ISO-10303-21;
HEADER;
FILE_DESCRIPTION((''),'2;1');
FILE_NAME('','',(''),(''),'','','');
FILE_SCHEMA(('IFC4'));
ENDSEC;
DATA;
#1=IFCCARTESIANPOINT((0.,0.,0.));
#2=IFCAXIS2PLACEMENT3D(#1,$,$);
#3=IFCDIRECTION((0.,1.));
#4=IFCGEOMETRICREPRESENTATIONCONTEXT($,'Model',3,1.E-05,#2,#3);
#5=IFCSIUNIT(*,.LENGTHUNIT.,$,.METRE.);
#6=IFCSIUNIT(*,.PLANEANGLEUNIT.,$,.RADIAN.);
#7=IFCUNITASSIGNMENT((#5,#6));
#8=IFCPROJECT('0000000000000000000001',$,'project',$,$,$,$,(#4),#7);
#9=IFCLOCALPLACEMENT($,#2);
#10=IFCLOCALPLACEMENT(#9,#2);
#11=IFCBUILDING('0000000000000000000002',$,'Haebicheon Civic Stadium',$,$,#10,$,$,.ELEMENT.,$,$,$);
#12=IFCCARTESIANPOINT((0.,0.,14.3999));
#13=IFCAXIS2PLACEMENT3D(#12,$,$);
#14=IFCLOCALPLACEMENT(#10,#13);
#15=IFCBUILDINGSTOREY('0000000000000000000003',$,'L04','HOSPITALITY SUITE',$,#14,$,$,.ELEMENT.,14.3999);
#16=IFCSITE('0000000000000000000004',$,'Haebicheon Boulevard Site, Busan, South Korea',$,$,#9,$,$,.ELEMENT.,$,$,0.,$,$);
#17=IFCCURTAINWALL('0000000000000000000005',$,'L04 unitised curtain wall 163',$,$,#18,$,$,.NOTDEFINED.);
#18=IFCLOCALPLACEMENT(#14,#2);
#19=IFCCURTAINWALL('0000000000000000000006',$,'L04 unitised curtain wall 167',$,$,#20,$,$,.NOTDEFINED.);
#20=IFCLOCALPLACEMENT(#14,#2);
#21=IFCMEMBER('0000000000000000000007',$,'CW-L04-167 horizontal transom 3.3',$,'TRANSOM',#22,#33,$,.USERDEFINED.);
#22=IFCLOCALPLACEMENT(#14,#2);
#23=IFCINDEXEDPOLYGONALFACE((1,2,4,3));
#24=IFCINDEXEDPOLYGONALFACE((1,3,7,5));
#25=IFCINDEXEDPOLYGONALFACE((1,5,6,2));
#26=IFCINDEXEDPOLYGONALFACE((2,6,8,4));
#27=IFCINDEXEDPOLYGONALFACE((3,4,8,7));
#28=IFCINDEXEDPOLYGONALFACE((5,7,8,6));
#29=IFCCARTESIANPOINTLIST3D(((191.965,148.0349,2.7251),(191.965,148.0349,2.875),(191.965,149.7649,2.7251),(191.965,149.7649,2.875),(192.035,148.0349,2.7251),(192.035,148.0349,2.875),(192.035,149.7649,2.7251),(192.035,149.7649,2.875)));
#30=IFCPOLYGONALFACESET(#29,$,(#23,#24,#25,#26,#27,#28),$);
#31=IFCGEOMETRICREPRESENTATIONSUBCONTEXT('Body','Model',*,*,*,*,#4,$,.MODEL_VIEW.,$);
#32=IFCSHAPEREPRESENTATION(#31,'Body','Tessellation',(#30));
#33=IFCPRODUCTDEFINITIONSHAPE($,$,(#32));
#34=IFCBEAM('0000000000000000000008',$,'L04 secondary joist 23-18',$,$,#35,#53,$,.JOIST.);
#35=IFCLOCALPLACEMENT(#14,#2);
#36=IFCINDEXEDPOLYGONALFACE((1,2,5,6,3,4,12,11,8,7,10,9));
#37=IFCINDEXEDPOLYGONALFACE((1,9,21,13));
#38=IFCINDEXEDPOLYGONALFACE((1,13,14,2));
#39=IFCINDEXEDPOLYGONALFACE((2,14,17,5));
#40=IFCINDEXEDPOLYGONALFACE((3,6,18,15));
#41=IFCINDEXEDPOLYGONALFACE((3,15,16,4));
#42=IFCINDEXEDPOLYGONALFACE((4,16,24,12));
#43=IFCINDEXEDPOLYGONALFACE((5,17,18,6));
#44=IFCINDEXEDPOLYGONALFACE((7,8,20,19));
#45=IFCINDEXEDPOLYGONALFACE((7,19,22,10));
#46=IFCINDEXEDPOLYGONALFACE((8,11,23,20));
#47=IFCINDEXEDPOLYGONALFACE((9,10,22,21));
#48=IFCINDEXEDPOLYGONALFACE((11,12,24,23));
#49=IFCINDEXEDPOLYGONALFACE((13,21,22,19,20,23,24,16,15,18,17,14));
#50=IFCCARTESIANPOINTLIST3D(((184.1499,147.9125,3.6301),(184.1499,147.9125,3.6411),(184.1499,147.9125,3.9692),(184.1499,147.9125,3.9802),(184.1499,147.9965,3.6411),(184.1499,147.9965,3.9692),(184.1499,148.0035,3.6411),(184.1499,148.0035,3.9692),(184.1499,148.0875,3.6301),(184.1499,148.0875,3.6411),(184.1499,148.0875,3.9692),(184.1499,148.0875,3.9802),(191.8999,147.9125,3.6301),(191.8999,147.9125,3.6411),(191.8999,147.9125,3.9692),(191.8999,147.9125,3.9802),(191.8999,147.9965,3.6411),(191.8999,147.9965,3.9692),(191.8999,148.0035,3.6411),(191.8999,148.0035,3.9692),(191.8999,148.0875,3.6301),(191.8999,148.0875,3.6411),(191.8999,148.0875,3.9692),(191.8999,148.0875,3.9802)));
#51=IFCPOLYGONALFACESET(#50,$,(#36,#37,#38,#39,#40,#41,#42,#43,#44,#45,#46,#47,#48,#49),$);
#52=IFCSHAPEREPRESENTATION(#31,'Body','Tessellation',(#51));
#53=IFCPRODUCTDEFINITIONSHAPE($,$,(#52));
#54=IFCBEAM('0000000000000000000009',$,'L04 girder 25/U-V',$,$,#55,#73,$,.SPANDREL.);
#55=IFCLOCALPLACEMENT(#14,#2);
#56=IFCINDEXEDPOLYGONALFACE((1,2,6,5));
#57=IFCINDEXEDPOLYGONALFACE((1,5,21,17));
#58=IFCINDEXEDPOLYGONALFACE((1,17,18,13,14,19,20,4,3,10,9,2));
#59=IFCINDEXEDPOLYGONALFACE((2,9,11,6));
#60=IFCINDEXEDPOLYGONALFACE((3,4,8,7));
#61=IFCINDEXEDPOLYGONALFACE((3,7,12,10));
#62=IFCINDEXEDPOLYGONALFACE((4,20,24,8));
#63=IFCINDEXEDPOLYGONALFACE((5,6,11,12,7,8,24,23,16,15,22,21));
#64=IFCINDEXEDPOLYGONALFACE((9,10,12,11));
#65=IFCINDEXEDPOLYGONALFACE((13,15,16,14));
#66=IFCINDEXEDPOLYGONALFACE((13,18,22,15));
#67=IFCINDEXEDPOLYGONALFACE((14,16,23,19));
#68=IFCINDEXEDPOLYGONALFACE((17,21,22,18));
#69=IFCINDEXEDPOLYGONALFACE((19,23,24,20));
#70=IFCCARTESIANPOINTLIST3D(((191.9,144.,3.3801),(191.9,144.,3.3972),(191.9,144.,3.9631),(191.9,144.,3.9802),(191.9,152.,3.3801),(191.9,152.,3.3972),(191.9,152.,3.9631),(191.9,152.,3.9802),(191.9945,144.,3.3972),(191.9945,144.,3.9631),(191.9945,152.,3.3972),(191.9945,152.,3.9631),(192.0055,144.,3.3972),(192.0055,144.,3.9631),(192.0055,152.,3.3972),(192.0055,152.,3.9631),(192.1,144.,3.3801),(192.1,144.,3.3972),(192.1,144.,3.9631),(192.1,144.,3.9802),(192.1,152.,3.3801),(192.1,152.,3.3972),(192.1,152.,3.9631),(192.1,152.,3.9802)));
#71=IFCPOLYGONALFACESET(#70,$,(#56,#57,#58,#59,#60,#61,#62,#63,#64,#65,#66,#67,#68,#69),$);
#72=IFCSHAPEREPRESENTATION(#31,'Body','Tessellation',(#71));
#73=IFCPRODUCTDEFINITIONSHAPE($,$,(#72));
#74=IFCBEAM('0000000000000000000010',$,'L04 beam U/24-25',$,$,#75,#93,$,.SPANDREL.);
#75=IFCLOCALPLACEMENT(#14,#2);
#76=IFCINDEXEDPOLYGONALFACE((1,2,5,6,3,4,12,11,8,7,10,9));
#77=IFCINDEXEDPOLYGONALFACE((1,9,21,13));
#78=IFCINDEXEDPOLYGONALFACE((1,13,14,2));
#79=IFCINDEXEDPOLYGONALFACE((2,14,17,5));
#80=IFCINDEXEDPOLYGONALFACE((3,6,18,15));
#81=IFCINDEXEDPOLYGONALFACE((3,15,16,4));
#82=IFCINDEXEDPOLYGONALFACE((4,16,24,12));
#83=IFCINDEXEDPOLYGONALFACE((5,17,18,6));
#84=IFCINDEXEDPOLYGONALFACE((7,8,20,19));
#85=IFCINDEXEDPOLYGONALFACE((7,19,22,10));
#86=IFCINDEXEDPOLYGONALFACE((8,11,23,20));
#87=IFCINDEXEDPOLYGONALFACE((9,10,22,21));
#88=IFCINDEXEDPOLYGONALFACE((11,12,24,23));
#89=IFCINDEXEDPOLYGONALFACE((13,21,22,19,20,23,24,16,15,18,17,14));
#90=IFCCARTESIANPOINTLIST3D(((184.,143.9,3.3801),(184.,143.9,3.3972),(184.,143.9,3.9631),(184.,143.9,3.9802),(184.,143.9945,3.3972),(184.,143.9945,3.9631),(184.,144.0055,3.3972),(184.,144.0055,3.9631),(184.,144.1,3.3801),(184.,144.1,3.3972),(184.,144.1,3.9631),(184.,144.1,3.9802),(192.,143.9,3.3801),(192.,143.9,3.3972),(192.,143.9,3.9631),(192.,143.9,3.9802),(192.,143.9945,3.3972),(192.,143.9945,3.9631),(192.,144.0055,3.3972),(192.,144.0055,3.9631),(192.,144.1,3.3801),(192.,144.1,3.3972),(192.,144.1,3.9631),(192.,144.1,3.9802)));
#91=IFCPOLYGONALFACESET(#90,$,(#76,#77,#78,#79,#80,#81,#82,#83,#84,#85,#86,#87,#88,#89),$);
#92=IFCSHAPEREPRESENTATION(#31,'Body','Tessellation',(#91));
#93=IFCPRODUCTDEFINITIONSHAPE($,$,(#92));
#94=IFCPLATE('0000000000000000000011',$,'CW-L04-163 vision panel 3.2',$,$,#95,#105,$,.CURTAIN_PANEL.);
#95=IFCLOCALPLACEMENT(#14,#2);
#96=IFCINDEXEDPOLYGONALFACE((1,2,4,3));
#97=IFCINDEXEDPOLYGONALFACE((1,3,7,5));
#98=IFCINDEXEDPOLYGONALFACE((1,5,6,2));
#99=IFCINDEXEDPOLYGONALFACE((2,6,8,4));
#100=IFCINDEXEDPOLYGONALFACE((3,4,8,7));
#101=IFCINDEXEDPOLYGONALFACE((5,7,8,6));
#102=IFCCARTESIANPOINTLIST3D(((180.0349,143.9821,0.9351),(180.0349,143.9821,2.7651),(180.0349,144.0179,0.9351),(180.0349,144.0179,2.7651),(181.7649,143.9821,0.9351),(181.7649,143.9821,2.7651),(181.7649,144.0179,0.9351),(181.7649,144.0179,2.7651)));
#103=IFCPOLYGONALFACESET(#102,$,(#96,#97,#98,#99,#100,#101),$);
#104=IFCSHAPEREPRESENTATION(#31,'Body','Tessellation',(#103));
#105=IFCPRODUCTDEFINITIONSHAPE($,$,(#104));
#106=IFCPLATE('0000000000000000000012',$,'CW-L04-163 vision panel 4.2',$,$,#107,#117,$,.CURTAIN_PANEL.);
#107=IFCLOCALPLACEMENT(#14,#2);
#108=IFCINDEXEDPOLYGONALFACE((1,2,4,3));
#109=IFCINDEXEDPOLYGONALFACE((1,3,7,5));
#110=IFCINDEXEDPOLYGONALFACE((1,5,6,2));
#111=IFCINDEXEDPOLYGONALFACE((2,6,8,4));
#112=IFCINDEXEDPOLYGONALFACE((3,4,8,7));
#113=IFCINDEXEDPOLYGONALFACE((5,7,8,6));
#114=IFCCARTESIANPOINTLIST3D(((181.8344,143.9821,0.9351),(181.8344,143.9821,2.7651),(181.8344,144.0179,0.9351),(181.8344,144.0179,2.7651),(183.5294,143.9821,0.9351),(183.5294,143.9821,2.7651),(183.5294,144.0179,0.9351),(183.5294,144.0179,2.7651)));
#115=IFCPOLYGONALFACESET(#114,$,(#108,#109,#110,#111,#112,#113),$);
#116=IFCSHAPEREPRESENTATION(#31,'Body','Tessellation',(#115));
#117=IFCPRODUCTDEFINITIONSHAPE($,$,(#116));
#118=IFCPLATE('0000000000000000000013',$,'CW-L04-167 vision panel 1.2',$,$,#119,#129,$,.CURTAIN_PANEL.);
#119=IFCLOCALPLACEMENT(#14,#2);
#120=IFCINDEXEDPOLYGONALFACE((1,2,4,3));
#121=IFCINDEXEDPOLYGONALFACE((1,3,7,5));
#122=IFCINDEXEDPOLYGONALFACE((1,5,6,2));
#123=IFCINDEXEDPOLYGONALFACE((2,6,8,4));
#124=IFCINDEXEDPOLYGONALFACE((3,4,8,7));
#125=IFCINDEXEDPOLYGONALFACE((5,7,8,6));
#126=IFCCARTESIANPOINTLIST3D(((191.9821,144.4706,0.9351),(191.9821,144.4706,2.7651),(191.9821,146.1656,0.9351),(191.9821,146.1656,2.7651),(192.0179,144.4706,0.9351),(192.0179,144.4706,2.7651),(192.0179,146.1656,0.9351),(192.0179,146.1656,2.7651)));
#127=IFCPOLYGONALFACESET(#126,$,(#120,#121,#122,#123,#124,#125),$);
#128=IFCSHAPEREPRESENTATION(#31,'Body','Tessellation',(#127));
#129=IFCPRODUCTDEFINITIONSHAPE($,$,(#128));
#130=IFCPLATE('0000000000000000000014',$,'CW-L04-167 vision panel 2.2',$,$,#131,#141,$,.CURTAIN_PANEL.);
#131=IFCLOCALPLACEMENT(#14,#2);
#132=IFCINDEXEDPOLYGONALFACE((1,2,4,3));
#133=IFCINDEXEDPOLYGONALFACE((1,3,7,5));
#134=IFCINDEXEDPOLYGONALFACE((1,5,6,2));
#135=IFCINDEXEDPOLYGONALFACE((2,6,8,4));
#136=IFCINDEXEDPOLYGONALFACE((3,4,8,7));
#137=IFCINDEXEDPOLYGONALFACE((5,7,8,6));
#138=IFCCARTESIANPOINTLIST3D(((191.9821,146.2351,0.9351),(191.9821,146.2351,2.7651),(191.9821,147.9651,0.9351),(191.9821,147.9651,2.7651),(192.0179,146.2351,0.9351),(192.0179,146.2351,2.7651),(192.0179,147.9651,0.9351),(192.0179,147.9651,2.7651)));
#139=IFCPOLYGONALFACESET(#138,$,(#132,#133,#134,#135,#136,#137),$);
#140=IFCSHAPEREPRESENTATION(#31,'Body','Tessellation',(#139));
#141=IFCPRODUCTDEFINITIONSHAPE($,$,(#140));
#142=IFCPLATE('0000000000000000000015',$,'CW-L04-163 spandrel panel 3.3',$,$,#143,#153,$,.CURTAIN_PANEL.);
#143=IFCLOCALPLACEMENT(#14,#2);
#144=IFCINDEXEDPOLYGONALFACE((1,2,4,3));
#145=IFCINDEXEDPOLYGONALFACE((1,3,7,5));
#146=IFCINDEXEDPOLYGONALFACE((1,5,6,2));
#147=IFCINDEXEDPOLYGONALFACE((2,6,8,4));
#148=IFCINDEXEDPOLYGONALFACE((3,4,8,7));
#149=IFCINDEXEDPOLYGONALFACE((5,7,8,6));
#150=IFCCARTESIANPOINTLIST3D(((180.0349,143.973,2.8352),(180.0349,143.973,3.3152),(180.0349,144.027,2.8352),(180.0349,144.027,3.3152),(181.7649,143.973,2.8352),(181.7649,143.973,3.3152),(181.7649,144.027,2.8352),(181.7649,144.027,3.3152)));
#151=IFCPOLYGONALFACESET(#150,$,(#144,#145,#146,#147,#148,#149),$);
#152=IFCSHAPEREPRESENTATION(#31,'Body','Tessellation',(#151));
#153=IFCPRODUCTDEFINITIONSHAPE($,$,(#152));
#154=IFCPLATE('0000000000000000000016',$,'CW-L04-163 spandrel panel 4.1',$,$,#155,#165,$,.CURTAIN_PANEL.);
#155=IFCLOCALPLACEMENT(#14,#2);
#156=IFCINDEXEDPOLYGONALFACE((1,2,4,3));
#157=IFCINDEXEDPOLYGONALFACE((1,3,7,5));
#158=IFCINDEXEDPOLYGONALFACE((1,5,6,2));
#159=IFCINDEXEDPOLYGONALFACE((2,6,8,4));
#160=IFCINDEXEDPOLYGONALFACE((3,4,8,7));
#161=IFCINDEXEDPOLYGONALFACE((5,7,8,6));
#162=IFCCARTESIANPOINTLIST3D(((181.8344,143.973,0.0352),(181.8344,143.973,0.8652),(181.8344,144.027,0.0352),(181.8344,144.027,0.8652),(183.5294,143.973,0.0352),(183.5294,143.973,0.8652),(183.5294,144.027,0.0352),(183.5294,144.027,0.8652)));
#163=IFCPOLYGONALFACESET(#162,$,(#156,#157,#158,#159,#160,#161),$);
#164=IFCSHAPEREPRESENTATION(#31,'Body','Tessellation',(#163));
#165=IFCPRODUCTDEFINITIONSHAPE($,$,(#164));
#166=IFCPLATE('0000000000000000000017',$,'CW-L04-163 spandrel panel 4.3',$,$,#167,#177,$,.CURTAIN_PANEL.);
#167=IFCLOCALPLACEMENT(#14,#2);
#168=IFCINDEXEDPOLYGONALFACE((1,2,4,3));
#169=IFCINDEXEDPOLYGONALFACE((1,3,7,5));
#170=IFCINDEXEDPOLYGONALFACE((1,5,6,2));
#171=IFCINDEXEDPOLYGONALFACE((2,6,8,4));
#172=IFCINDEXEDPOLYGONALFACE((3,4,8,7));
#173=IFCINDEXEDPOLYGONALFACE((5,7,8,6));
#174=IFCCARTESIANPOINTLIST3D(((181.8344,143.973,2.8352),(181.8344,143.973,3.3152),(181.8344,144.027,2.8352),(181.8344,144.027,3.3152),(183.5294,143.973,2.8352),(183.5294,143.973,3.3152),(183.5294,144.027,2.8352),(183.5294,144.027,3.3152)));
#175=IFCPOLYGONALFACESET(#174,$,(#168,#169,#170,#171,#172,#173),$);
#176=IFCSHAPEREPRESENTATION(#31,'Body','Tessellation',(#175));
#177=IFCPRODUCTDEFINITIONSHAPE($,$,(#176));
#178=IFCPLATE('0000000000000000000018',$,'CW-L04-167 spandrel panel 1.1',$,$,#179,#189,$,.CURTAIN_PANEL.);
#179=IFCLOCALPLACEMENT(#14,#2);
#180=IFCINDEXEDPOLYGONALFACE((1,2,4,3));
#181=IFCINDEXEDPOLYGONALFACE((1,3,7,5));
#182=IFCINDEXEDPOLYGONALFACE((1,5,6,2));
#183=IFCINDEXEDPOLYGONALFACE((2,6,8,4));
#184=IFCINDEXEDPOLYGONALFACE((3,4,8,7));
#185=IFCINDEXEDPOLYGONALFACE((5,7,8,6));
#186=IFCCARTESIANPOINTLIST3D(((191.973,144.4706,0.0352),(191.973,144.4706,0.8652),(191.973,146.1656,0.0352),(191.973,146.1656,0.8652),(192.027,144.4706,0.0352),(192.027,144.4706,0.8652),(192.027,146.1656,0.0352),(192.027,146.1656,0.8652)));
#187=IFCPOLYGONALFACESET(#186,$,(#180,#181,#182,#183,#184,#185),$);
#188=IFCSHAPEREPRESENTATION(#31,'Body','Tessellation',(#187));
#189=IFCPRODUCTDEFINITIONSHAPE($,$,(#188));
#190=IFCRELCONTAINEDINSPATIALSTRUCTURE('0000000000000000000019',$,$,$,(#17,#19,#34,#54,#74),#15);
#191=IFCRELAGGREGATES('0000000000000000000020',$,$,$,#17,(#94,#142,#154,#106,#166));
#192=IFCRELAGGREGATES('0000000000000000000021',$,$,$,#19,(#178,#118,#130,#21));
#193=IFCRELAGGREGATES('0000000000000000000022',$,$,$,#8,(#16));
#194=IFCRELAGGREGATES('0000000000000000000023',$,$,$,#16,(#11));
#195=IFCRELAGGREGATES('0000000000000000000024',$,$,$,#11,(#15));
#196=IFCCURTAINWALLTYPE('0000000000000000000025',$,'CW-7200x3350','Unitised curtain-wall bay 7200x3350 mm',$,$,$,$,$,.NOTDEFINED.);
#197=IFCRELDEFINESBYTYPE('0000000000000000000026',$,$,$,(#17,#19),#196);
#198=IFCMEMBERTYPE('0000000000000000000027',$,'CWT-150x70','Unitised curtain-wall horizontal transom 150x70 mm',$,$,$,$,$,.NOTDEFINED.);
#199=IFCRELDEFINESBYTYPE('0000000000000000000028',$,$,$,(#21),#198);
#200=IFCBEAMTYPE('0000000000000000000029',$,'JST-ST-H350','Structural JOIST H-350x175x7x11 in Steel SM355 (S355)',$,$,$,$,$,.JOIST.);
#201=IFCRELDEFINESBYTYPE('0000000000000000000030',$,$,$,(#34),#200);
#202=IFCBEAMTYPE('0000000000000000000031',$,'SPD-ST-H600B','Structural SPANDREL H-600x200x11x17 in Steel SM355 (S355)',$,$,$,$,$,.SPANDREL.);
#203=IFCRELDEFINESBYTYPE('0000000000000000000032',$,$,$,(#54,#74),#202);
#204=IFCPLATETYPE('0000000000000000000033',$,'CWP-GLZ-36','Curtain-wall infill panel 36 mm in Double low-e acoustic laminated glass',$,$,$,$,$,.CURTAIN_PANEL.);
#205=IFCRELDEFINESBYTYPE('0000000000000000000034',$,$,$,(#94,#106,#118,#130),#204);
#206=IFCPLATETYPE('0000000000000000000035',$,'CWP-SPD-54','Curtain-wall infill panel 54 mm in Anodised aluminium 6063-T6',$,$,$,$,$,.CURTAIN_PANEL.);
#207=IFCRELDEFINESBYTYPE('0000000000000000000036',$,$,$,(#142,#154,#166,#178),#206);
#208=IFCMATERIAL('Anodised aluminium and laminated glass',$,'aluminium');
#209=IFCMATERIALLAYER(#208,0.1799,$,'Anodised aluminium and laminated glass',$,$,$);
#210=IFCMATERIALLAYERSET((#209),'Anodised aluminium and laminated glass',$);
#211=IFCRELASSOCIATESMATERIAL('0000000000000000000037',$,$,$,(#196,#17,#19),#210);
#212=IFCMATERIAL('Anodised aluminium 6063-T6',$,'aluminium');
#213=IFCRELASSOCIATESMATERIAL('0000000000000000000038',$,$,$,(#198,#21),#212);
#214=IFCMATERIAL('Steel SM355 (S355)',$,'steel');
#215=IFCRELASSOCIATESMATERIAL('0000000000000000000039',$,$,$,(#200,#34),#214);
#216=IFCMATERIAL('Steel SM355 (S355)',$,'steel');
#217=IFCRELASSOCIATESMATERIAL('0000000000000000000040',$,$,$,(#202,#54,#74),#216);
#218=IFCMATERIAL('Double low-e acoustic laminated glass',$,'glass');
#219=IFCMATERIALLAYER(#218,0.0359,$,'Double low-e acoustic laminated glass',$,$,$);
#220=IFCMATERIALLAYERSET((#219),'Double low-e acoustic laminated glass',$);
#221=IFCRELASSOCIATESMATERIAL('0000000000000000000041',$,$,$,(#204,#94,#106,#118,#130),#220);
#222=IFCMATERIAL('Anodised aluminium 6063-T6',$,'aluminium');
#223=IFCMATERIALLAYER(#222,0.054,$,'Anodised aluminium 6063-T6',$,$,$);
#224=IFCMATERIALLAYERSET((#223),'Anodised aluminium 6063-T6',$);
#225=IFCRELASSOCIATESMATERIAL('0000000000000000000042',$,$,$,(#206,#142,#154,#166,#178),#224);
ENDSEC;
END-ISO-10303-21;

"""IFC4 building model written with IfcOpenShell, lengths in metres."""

from ifc_helpers import new_model, si_unit, direction, frame, origin, origin_2d, place, context, subcontext, project, spatial, rectangle, i_section, extrude, material, layer, layer_set, material_profile, profile_set, type_object, element, aggregate, save


model = new_model("IFC4")

# Units and contexts
model_context = context("Model", 3, precision=1e-05, world=origin(), true_north=direction((0.0, 1.0)))
body_context = subcontext(model_context, "Body", "Model", "MODEL_VIEW")
ifc_project = project(units=[si_unit("LENGTHUNIT", "METRE"), si_unit("PLANEANGLEUNIT", "RADIAN")], contexts=[model_context])

# Site, building, storey
site_placement = place(None, origin())
site = spatial("IfcSite", under=ifc_project, at=site_placement, Name="Haebicheon Boulevard Site, Busan, South Korea", CompositionType="ELEMENT", RefElevation=0.0)
building_placement = place(site_placement, origin())
building = spatial("IfcBuilding", under=site, at=building_placement, Name="Haebicheon Civic Stadium", CompositionType="ELEMENT")
storey_placement = place(building_placement, frame((0.0, 0.0, 14.3999)))
storey = spatial("IfcBuildingStorey", under=building, at=storey_placement, Name="L04", Description="HOSPITALITY SUITE", CompositionType="ELEMENT", Elevation=14.3999)

# Curtain walls
ifc_material_1 = material(Name="Anodised aluminium and laminated glass", Category="aluminium")
ifc_layer_1 = layer(ifc_material_1, 0.1799, Name="Anodised aluminium and laminated glass")
ifc_layer_set_1 = layer_set([ifc_layer_1], Name="Anodised aluminium and laminated glass")
curtain_wall_type = type_object("IfcCurtainWallType", Name="CW-7200x3350", Description="Unitised curtain-wall bay 7200x3350 mm", PredefinedType="NOTDEFINED", material=ifc_layer_set_1)
curtain_wall_1_placement = place(storey_placement, origin())
curtain_wall_1 = element("IfcCurtainWall", 1, at=curtain_wall_1_placement, inside=storey, type_object=curtain_wall_type, material=ifc_layer_set_1, Name="L04 unitised curtain wall 163", PredefinedType="NOTDEFINED")
curtain_wall_2_placement = place(storey_placement, origin())
curtain_wall_2 = element("IfcCurtainWall", 2, at=curtain_wall_2_placement, inside=storey, type_object=curtain_wall_type, material=ifc_layer_set_1, Name="L04 unitised curtain wall 167", PredefinedType="NOTDEFINED")

# Member
ifc_material_2 = material(Name="Anodised aluminium 6063-T6", Category="aluminium")
ifc_material_profile_1 = material_profile(ifc_material_2, rectangle(XDim=0.0701, YDim=0.1499, at=origin_2d()), Name="ALU-TRAN-70x150")
ifc_profile_set_1 = profile_set([ifc_material_profile_1], Name="Anodised aluminium 6063-T6")
member_type_1 = type_object("IfcMemberType", Name="CWT-150x70", Description="Unitised curtain-wall horizontal transom 150x70 mm", PredefinedType="NOTDEFINED", material=ifc_profile_set_1)
member_1_placement = place(storey_placement, frame((192.0, 148.0349, 2.8), z_axis=(0.0, 1.0, 0.0), x_axis=(-1.0, 0.0, 0.0)))
member_1 = element("IfcMember", 3, at=member_1_placement, type_object=member_type_1, material=ifc_profile_set_1, Name="CW-L04-167 horizontal transom 3.3", ObjectType="TRANSOM", PredefinedType="USERDEFINED", context=body_context, shape_type="SweptSolid", body=[
    extrude(rectangle(XDim=0.0701, YDim=0.1499, at=origin_2d()), origin(), (0.0, 0.0, 1.0), 1.73),
])

# Beams
ifc_material_3 = material(Name="Steel SM355 (S355)", Category="steel")
ifc_material_profile_2 = material_profile(ifc_material_3, i_section(OverallWidth=0.175, OverallDepth=0.3501, WebThickness=0.0071, FlangeThickness=0.011, at=origin_2d()), Name="H-350x175x7x11")
ifc_profile_set_2 = profile_set([ifc_material_profile_2], Name="Steel SM355 (S355)")
beam_type_1 = type_object("IfcBeamType", Name="JST-ST-H350", Description="Structural JOIST H-350x175x7x11 in Steel SM355 (S355)", PredefinedType="JOIST", material=ifc_profile_set_2)
beam_1_placement = place(storey_placement, frame((184.1499, 148.0, 3.8052), z_axis=(1.0, 0.0, 0.0), x_axis=(0.0, 1.0, 0.0)))
element("IfcBeam", 4, at=beam_1_placement, inside=storey, type_object=beam_type_1, material=ifc_profile_set_2, Name="L04 secondary joist 23-18", PredefinedType="JOIST", context=body_context, shape_type="SweptSolid", body=[
    extrude(i_section(OverallWidth=0.175, OverallDepth=0.3501, WebThickness=0.0071, FlangeThickness=0.011, at=origin_2d()), origin(), (0.0, 0.0, 1.0), 7.75),
])
ifc_material_4 = material(Name="Steel SM355 (S355)", Category="steel")
ifc_material_profile_3 = material_profile(ifc_material_4, i_section(OverallWidth=0.2, OverallDepth=0.6001, WebThickness=0.011, FlangeThickness=0.0171, at=origin_2d()), Name="H-600x200x11x17")
ifc_profile_set_3 = profile_set([ifc_material_profile_3], Name="Steel SM355 (S355)")
beam_type_2 = type_object("IfcBeamType", Name="SPD-ST-H600B", Description="Structural SPANDREL H-600x200x11x17 in Steel SM355 (S355)", PredefinedType="SPANDREL", material=ifc_profile_set_3)
for number, where, z_axis, x_axis, name in (
    (5, (192.0, 144.0, 3.6802), (0.0, 1.0, 0.0), (-1.0, 0.0, 0.0), "L04 girder 25/U-V"),
    (6, (184.0, 144.0, 3.6802), (1.0, 0.0, 0.0), (0.0, 1.0, 0.0), "L04 beam U/24-25"),
):
    element("IfcBeam", number, at=place(storey_placement, frame(where, z_axis=z_axis, x_axis=x_axis)), inside=storey, type_object=beam_type_2, material=ifc_profile_set_3, Name=name, PredefinedType="SPANDREL", context=body_context, shape_type="SweptSolid", body=[
        extrude(i_section(OverallWidth=0.2, OverallDepth=0.6001, WebThickness=0.011, FlangeThickness=0.0171, at=origin_2d()), origin(), (0.0, 0.0, 1.0), 8.0),
    ])

# Plates
ifc_material_5 = material(Name="Double low-e acoustic laminated glass", Category="glass")
ifc_layer_2 = layer(ifc_material_5, 0.0359, Name="Double low-e acoustic laminated glass")
ifc_layer_set_2 = layer_set([ifc_layer_2], Name="Double low-e acoustic laminated glass")
plate_type_1 = type_object("IfcPlateType", Name="CWP-GLZ-36", Description="Curtain-wall infill panel 36 mm in Double low-e acoustic laminated glass", PredefinedType="CURTAIN_PANEL", material=ifc_layer_set_2)
plate_1_placement = place(storey_placement, frame((180.8999, 144.0, 0.9351), z_axis=(0.0, 0.0, 1.0), x_axis=(1.0, 0.0, 0.0)))
plate_1 = element("IfcPlate", 7, at=plate_1_placement, type_object=plate_type_1, material=ifc_layer_set_2, Name="CW-L04-163 vision panel 3.2", PredefinedType="CURTAIN_PANEL", context=body_context, shape_type="SweptSolid", body=[
    extrude(rectangle(XDim=1.73, YDim=0.0359, at=origin_2d()), origin(), (0.0, 0.0, 1.0), 1.8301),
])
plate_2_placement = place(storey_placement, frame((182.6819, 144.0, 0.9351), z_axis=(0.0, 0.0, 1.0), x_axis=(1.0, 0.0, 0.0)))
plate_2 = element("IfcPlate", 8, at=plate_2_placement, type_object=plate_type_1, material=ifc_layer_set_2, Name="CW-L04-163 vision panel 4.2", PredefinedType="CURTAIN_PANEL", context=body_context, shape_type="SweptSolid", body=[
    extrude(rectangle(XDim=1.6951, YDim=0.0359, at=origin_2d()), origin(), (0.0, 0.0, 1.0), 1.8301),
])
plate_3_placement = place(storey_placement, frame((192.0, 145.3181, 0.9351), z_axis=(0.0, 0.0, 1.0), x_axis=(0.0, 1.0, 0.0)))
plate_3 = element("IfcPlate", 9, at=plate_3_placement, type_object=plate_type_1, material=ifc_layer_set_2, Name="CW-L04-167 vision panel 1.2", PredefinedType="CURTAIN_PANEL", context=body_context, shape_type="SweptSolid", body=[
    extrude(rectangle(XDim=1.6951, YDim=0.0359, at=origin_2d()), origin(), (0.0, 0.0, 1.0), 1.8301),
])
plate_4_placement = place(storey_placement, frame((192.0, 147.1001, 0.9351), z_axis=(0.0, 0.0, 1.0), x_axis=(0.0, 1.0, 0.0)))
plate_4 = element("IfcPlate", 10, at=plate_4_placement, type_object=plate_type_1, material=ifc_layer_set_2, Name="CW-L04-167 vision panel 2.2", PredefinedType="CURTAIN_PANEL", context=body_context, shape_type="SweptSolid", body=[
    extrude(rectangle(XDim=1.73, YDim=0.0359, at=origin_2d()), origin(), (0.0, 0.0, 1.0), 1.8301),
])
ifc_material_6 = material(Name="Anodised aluminium 6063-T6", Category="aluminium")
ifc_layer_3 = layer(ifc_material_6, 0.054, Name="Anodised aluminium 6063-T6")
ifc_layer_set_3 = layer_set([ifc_layer_3], Name="Anodised aluminium 6063-T6")
plate_type_2 = type_object("IfcPlateType", Name="CWP-SPD-54", Description="Curtain-wall infill panel 54 mm in Anodised aluminium 6063-T6", PredefinedType="CURTAIN_PANEL", material=ifc_layer_set_3)
plate_5_placement = place(storey_placement, frame((180.8999, 144.0, 2.8352), z_axis=(0.0, 0.0, 1.0), x_axis=(1.0, 0.0, 0.0)))
plate_5 = element("IfcPlate", 11, at=plate_5_placement, type_object=plate_type_2, material=ifc_layer_set_3, Name="CW-L04-163 spandrel panel 3.3", PredefinedType="CURTAIN_PANEL", context=body_context, shape_type="SweptSolid", body=[
    extrude(rectangle(XDim=1.73, YDim=0.054, at=origin_2d()), origin(), (0.0, 0.0, 1.0), 0.48),
])
plate_6_placement = place(storey_placement, frame((182.6819, 144.0, 0.0352), z_axis=(0.0, 0.0, 1.0), x_axis=(1.0, 0.0, 0.0)))
plate_6 = element("IfcPlate", 12, at=plate_6_placement, type_object=plate_type_2, material=ifc_layer_set_3, Name="CW-L04-163 spandrel panel 4.1", PredefinedType="CURTAIN_PANEL", context=body_context, shape_type="SweptSolid", body=[
    extrude(rectangle(XDim=1.6951, YDim=0.054, at=origin_2d()), origin(), (0.0, 0.0, 1.0), 0.8301),
])
plate_7_placement = place(storey_placement, frame((182.6819, 144.0, 2.8352), z_axis=(0.0, 0.0, 1.0), x_axis=(1.0, 0.0, 0.0)))
plate_7 = element("IfcPlate", 13, at=plate_7_placement, type_object=plate_type_2, material=ifc_layer_set_3, Name="CW-L04-163 spandrel panel 4.3", PredefinedType="CURTAIN_PANEL", context=body_context, shape_type="SweptSolid", body=[
    extrude(rectangle(XDim=1.6951, YDim=0.054, at=origin_2d()), origin(), (0.0, 0.0, 1.0), 0.48),
])
aggregate(curtain_wall_1, [plate_1, plate_5, plate_6, plate_2, plate_7])
plate_8_placement = place(storey_placement, frame((192.0, 145.3181, 0.0352), z_axis=(0.0, 0.0, 1.0), x_axis=(0.0, 1.0, 0.0)))
plate_8 = element("IfcPlate", 14, at=plate_8_placement, type_object=plate_type_2, material=ifc_layer_set_3, Name="CW-L04-167 spandrel panel 1.1", PredefinedType="CURTAIN_PANEL", context=body_context, shape_type="SweptSolid", body=[
    extrude(rectangle(XDim=1.6951, YDim=0.054, at=origin_2d()), origin(), (0.0, 0.0, 1.0), 0.8301),
])
aggregate(curtain_wall_2, [plate_8, plate_3, plate_4, member_1])

save(model, "model.ifc")
